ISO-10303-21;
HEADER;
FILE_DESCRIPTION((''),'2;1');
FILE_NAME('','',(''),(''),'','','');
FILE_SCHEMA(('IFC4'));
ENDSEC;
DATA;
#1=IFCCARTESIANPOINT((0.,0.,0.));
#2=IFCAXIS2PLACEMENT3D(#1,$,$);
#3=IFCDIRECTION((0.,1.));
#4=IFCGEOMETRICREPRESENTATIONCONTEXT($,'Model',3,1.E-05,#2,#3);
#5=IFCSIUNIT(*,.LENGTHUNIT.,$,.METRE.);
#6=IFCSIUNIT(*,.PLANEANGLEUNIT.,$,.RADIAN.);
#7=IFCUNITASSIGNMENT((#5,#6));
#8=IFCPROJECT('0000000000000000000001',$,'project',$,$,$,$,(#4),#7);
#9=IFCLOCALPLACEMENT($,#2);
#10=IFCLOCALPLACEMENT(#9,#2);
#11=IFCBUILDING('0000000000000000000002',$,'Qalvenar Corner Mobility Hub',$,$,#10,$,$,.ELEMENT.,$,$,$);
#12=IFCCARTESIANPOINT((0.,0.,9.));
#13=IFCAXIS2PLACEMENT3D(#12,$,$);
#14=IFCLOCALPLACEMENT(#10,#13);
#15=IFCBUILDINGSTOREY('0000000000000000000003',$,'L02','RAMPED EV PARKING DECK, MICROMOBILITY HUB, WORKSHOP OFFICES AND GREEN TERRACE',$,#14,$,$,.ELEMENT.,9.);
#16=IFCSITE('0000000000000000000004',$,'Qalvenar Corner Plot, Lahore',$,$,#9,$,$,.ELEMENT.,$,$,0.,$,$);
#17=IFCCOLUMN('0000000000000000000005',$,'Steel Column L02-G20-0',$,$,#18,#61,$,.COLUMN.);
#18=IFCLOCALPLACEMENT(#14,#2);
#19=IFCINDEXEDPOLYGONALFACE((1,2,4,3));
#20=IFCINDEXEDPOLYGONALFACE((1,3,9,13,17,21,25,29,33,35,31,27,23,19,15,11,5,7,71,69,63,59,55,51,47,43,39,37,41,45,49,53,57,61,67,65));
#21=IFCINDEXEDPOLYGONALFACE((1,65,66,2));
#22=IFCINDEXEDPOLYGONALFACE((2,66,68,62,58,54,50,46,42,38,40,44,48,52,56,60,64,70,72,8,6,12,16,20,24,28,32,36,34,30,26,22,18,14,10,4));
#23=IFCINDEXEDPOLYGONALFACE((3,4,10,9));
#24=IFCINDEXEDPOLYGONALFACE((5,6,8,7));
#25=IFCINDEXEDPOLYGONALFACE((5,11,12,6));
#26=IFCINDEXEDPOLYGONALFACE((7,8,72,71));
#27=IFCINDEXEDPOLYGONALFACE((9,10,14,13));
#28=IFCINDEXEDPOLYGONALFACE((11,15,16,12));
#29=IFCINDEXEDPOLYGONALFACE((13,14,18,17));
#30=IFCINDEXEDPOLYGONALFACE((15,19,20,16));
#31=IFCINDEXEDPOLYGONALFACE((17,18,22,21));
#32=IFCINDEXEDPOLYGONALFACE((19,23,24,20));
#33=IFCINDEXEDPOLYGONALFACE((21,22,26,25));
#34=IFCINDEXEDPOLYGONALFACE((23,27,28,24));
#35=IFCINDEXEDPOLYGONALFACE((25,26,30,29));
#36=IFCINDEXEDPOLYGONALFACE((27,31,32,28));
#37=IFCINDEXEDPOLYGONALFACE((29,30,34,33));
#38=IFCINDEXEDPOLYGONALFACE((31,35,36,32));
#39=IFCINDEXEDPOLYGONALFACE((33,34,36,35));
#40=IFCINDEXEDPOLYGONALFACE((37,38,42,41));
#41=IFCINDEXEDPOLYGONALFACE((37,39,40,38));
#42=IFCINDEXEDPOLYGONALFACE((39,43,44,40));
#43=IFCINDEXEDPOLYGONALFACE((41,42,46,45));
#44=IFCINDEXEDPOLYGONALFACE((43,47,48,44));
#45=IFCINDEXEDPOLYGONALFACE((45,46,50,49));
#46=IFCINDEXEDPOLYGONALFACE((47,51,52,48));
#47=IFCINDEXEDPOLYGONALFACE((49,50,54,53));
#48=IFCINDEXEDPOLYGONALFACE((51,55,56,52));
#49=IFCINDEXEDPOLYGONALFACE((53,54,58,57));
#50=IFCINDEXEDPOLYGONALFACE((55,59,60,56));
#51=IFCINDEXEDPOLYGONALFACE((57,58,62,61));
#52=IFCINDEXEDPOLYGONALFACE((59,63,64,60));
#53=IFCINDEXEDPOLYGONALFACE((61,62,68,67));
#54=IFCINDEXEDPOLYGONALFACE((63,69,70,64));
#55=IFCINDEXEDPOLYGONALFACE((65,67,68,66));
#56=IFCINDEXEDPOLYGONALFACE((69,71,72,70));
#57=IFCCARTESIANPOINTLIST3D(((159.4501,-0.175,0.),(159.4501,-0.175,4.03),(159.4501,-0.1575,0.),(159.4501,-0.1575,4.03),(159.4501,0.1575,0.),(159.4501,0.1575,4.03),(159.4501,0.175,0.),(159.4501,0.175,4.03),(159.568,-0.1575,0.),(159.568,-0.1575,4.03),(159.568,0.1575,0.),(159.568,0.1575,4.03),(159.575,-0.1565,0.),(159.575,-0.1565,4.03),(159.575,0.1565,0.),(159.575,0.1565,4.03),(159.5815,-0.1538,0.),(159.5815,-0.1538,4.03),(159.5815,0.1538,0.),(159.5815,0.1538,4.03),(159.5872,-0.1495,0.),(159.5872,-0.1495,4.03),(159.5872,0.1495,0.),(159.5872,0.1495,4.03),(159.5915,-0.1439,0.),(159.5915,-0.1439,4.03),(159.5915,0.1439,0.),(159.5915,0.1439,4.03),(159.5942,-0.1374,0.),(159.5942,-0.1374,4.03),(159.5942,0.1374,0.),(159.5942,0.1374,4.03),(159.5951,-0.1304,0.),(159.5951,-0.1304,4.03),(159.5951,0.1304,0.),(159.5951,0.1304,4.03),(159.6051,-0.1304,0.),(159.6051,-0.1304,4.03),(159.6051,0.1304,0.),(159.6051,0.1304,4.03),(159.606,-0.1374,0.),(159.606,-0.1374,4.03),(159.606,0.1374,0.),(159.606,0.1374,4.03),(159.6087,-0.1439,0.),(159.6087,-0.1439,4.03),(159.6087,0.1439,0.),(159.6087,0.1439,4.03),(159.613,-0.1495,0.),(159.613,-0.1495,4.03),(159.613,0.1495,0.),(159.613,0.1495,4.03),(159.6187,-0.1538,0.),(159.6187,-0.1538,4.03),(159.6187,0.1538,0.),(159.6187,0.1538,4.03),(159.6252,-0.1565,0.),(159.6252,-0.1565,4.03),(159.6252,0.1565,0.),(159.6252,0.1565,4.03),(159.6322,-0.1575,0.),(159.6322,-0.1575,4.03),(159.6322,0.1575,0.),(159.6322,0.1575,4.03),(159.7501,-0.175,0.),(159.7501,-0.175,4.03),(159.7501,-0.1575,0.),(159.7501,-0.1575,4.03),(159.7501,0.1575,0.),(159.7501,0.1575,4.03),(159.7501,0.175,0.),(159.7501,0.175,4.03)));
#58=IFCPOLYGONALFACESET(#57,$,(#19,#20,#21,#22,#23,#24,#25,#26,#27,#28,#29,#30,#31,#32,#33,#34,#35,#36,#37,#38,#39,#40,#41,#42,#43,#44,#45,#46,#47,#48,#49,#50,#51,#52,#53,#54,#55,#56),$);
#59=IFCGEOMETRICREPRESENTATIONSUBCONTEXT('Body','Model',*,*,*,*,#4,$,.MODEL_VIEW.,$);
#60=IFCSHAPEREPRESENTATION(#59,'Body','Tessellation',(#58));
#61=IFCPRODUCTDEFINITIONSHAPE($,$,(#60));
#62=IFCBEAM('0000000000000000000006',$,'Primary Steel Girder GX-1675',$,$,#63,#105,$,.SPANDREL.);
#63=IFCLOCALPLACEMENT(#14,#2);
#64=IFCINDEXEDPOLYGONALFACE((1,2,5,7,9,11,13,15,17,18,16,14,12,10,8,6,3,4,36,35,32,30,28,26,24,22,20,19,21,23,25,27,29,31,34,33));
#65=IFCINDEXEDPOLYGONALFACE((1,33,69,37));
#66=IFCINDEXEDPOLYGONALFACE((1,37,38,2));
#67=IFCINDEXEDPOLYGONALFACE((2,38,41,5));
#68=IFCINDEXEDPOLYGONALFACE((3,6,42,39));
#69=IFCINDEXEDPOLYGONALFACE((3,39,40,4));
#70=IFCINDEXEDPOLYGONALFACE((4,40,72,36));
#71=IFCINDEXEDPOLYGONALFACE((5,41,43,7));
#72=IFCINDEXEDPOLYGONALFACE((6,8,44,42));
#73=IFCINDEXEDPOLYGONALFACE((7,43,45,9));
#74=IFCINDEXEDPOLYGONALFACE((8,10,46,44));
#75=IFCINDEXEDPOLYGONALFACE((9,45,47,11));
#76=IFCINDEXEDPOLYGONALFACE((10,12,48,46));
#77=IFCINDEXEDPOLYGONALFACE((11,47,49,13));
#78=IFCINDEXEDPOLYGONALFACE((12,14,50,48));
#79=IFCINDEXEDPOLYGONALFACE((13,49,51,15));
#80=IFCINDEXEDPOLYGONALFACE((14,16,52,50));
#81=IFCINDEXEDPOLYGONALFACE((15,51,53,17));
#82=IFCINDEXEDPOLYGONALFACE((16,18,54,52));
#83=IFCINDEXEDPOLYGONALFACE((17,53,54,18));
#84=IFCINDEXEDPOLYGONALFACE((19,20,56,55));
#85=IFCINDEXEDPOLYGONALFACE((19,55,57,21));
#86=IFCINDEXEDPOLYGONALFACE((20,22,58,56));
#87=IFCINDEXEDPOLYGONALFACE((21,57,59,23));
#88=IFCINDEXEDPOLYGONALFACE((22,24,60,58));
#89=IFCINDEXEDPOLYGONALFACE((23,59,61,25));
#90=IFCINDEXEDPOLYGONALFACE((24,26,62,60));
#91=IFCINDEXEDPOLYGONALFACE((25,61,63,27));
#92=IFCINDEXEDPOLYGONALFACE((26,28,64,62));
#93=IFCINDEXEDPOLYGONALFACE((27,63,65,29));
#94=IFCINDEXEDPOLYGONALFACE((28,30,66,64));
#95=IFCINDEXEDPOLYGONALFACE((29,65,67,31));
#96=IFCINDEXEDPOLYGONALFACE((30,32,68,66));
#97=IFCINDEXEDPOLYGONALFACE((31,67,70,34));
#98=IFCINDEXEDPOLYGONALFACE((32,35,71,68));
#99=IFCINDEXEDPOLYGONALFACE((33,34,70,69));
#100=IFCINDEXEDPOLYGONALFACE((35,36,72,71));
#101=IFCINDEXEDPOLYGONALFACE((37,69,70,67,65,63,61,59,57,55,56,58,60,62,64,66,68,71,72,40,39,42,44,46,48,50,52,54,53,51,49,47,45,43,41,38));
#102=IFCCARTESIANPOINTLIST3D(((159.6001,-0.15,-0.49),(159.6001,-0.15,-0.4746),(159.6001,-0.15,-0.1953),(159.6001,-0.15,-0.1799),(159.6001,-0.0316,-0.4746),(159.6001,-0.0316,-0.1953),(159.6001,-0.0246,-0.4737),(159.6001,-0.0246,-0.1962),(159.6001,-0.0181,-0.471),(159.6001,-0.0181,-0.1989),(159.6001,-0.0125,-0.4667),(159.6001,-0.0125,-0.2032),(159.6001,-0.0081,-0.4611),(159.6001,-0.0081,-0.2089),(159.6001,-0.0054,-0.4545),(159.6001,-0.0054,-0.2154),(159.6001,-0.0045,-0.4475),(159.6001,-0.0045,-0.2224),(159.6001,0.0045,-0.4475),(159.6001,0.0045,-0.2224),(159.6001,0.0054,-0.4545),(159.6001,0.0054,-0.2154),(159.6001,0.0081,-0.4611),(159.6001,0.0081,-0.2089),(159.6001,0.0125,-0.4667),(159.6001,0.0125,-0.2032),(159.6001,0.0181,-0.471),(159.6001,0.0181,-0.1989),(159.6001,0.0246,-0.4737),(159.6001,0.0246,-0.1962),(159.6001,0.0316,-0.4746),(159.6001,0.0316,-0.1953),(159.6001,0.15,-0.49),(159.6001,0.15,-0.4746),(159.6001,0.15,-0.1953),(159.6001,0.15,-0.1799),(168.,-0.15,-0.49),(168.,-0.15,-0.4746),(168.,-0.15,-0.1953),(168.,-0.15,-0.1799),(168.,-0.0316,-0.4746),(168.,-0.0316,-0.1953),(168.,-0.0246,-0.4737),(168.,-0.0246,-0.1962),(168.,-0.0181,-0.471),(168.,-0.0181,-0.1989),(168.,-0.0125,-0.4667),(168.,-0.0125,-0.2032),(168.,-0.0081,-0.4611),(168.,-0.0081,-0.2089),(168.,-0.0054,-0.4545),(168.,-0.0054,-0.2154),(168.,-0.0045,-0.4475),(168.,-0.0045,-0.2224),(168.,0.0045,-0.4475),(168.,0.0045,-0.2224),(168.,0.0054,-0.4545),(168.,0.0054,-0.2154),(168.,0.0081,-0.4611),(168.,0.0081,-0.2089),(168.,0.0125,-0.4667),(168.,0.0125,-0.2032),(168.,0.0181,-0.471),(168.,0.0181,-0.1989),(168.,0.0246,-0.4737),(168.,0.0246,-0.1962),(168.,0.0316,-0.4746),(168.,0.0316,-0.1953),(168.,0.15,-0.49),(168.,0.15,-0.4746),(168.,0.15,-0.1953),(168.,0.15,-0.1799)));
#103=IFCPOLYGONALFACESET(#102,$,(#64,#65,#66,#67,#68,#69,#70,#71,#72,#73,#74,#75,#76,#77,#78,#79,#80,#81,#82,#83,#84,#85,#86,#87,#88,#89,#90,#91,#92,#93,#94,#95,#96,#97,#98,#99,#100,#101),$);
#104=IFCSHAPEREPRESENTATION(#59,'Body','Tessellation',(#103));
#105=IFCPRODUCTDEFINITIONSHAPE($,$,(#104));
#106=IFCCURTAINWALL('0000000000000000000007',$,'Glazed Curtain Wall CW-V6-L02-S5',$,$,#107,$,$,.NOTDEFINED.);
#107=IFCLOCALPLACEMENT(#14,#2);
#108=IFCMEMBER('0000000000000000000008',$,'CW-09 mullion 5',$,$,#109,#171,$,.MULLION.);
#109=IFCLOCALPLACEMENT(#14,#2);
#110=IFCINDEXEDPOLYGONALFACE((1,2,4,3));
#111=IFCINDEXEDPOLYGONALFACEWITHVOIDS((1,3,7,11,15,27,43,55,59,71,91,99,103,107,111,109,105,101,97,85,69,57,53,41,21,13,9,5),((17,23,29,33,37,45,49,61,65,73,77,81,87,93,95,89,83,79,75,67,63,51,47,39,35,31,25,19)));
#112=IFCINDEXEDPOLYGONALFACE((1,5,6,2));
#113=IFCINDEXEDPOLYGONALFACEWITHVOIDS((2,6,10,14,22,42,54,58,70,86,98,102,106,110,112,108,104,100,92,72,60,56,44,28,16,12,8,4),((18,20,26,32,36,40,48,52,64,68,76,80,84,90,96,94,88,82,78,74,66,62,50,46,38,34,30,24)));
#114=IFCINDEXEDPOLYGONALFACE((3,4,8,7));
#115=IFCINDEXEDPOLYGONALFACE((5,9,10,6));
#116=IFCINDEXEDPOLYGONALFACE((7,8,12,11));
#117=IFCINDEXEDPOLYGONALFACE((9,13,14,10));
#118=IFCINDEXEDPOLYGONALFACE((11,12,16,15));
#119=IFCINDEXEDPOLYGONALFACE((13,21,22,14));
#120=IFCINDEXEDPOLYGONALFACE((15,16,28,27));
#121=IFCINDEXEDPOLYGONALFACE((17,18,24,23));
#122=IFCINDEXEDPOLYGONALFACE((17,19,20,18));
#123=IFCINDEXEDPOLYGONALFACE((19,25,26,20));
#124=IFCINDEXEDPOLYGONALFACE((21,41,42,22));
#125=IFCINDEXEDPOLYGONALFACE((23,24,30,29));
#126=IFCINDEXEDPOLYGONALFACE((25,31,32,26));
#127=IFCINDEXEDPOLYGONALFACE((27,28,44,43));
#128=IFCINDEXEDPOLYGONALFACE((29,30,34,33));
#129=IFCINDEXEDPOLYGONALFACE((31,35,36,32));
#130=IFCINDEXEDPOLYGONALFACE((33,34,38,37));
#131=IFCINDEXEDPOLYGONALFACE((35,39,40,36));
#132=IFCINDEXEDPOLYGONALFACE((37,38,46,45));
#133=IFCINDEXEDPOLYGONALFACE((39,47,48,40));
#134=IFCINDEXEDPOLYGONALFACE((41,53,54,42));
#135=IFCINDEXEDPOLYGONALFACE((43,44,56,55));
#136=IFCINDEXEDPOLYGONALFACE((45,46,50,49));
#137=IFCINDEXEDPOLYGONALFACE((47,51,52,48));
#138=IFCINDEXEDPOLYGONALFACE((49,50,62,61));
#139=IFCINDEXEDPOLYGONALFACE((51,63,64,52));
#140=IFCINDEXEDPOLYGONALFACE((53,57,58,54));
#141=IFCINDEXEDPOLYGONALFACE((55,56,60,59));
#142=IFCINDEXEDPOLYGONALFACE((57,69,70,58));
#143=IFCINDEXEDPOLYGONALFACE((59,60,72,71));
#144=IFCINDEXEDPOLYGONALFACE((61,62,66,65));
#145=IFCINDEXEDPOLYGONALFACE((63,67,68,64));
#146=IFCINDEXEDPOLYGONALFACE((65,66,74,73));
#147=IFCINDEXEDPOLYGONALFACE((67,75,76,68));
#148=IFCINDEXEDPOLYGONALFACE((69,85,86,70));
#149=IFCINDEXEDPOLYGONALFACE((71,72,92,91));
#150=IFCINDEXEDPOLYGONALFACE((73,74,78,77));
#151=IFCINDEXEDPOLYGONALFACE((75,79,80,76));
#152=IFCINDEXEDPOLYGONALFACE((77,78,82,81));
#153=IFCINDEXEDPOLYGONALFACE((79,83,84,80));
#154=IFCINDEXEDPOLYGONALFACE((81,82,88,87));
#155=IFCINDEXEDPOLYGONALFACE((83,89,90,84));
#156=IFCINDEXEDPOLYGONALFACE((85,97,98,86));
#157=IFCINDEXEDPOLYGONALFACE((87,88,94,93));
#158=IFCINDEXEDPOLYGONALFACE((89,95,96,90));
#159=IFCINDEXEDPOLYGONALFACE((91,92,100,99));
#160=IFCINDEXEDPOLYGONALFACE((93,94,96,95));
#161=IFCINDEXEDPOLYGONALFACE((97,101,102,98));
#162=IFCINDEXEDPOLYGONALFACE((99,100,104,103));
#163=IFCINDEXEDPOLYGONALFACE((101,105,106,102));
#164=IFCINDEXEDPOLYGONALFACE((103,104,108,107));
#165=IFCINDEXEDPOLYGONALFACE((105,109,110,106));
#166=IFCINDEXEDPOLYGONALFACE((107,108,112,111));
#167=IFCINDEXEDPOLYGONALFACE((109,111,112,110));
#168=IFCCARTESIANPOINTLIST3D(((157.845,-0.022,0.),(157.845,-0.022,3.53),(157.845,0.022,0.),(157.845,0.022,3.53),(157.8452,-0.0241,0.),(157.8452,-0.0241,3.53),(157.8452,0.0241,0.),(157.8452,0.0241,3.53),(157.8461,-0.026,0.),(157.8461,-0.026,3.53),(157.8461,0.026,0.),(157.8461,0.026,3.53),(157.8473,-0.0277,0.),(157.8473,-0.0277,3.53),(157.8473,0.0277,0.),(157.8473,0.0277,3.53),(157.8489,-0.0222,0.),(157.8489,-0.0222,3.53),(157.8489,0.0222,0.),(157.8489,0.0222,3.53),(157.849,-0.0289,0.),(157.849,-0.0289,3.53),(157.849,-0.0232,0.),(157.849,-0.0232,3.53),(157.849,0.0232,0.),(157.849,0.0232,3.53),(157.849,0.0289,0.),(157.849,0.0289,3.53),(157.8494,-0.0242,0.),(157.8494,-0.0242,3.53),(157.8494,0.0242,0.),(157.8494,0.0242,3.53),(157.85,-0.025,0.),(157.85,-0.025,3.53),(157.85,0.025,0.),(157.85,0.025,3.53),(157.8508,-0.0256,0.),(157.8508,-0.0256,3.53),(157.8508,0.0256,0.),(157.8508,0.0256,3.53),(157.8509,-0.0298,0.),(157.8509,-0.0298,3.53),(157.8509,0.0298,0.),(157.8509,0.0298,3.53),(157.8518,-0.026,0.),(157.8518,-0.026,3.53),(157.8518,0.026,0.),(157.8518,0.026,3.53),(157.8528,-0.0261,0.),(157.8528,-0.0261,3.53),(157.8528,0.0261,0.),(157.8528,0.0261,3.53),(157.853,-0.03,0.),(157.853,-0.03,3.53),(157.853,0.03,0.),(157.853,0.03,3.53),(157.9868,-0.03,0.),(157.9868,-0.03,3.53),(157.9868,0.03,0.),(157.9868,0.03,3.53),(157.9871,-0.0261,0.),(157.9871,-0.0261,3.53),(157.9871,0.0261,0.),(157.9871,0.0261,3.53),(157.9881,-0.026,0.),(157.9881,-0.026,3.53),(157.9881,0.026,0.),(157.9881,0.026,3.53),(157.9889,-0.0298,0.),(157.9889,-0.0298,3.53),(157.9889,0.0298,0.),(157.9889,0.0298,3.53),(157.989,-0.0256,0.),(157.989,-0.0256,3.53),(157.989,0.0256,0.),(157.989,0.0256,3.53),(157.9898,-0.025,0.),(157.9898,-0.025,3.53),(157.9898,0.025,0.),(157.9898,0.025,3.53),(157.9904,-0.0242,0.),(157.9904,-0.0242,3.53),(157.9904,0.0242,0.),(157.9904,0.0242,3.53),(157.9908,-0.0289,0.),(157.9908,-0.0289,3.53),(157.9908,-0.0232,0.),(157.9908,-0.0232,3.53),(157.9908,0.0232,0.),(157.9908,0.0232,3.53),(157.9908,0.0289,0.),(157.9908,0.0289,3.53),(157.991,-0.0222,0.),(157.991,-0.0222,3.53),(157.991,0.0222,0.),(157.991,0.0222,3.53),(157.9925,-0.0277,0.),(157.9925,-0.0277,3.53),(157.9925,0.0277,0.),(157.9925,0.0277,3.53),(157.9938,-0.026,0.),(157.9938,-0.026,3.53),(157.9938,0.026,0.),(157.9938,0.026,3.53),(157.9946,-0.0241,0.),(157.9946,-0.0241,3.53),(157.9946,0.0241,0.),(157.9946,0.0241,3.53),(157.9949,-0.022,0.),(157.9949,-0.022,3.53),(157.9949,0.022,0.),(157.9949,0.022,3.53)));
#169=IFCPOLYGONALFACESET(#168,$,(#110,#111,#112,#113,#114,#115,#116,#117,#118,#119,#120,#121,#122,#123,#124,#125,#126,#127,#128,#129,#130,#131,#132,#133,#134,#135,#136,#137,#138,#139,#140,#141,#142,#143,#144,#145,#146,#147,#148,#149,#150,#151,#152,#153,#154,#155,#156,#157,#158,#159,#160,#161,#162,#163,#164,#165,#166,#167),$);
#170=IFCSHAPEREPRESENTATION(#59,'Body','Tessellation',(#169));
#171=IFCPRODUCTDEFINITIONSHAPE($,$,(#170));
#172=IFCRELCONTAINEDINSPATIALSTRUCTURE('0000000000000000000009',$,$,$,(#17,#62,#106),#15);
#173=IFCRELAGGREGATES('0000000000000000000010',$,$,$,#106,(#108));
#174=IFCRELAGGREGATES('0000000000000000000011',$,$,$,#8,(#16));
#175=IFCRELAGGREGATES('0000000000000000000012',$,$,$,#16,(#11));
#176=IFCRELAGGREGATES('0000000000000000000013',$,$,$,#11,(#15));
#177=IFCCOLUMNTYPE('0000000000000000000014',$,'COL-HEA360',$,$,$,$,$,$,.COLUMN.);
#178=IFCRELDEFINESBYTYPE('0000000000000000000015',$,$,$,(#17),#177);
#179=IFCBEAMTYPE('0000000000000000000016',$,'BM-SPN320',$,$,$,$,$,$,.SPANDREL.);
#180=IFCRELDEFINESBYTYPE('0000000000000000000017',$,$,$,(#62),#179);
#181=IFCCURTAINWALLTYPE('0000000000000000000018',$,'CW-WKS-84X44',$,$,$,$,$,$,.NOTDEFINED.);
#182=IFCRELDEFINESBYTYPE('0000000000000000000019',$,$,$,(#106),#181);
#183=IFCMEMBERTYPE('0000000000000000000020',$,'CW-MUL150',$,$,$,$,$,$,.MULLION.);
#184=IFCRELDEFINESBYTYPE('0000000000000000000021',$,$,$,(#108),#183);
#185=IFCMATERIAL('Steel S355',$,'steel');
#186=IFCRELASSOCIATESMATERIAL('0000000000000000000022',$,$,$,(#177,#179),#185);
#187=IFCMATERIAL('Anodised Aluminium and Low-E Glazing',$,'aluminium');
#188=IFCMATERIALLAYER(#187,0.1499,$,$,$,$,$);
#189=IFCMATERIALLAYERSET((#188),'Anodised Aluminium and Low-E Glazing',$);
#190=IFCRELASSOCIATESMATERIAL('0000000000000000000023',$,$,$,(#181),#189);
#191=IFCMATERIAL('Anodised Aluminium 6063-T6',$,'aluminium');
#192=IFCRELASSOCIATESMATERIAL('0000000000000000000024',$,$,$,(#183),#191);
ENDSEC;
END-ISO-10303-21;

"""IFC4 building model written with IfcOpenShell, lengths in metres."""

from ifc_helpers import new_model, si_unit, direction, frame, origin, origin_2d, place, context, subcontext, project, spatial, hollow_rectangle, i_section, extrude, material, layer, layer_set, material_profile, profile_set, type_object, element, aggregate, save


model = new_model("IFC4")

# Units and contexts
model_context = context("Model", 3, precision=1e-05, world=origin(), true_north=direction((0.0, 1.0)))
body_context = subcontext(model_context, "Body", "Model", "MODEL_VIEW")
ifc_project = project(units=[si_unit("LENGTHUNIT", "METRE"), si_unit("PLANEANGLEUNIT", "RADIAN")], contexts=[model_context])

# Site, building, storey
site_placement = place(None, origin())
site = spatial("IfcSite", under=ifc_project, at=site_placement, Name="Qalvenar Corner Plot, Lahore", CompositionType="ELEMENT", RefElevation=0.0)
building_placement = place(site_placement, origin())
building = spatial("IfcBuilding", under=site, at=building_placement, Name="Qalvenar Corner Mobility Hub", CompositionType="ELEMENT")
storey_placement = place(building_placement, frame((0.0, 0.0, 9.0)))
storey = spatial("IfcBuildingStorey", under=building, at=storey_placement, Name="L02", Description="RAMPED EV PARKING DECK, MICROMOBILITY HUB, WORKSHOP OFFICES AND GREEN TERRACE", CompositionType="ELEMENT", Elevation=9.0)

# Column
ifc_material_1 = material(Name="Steel S355", Category="steel")
ifc_material_profile_1 = material_profile(ifc_material_1, i_section(OverallWidth=0.3, OverallDepth=0.3501, WebThickness=0.01, FlangeThickness=0.0176, FilletRadius=0.0271, at=origin_2d()), Name="HEA360")
ifc_profile_set_1 = profile_set([ifc_material_profile_1], Name="Steel S355")
column_type = type_object("IfcColumnType", Name="COL-HEA360", PredefinedType="COLUMN", material=ifc_profile_set_1)
column_placement = place(storey_placement, frame((159.6001, 0.0, 0.0), z_axis=(0.0, 0.0, 1.0), x_axis=(1.0, 0.0, 0.0)))
element("IfcColumn", 1, at=column_placement, inside=storey, type_object=column_type, Name="Steel Column L02-G20-0", PredefinedType="COLUMN", context=body_context, shape_type="SweptSolid", body=[
    extrude(i_section(OverallWidth=0.3, OverallDepth=0.3501, WebThickness=0.01, FlangeThickness=0.0176, FilletRadius=0.0271, at=origin_2d()), origin(), (0.0, 0.0, 1.0), 4.03),
])

# Beam
ifc_material_profile_2 = material_profile(ifc_material_1, i_section(OverallWidth=0.3, OverallDepth=0.3101, WebThickness=0.009, FlangeThickness=0.0154, FilletRadius=0.0271, at=origin_2d()), Name="HEA320")
ifc_profile_set_2 = profile_set([ifc_material_profile_2], Name="Steel S355")
beam_type = type_object("IfcBeamType", Name="BM-SPN320", PredefinedType="SPANDREL", material=ifc_profile_set_2)
beam_placement = place(storey_placement, frame((159.6001, 0.0, -0.335), z_axis=(1.0, 0.0, 0.0), x_axis=(0.0, 1.0, 0.0)))
element("IfcBeam", 2, at=beam_placement, inside=storey, type_object=beam_type, Name="Primary Steel Girder GX-1675", PredefinedType="SPANDREL", context=body_context, shape_type="SweptSolid", body=[
    extrude(i_section(OverallWidth=0.3, OverallDepth=0.3101, WebThickness=0.009, FlangeThickness=0.0154, FilletRadius=0.0271, at=origin_2d()), origin(), (0.0, 0.0, 1.0), 8.3999),
])

# Curtain wall, member
ifc_material_2 = material(Name="Anodised Aluminium and Low-E Glazing", Category="aluminium")
ifc_layer_1 = layer(ifc_material_2, 0.1499)
ifc_layer_set_1 = layer_set([ifc_layer_1], Name="Anodised Aluminium and Low-E Glazing")
curtain_wall_type = type_object("IfcCurtainWallType", Name="CW-WKS-84X44", PredefinedType="NOTDEFINED", material=ifc_layer_set_1)
curtain_wall_placement = place(storey_placement, origin())
curtain_wall = element("IfcCurtainWall", 3, at=curtain_wall_placement, inside=storey, type_object=curtain_wall_type, Name="Glazed Curtain Wall CW-V6-L02-S5", PredefinedType="NOTDEFINED")
ifc_material_3 = material(Name="Anodised Aluminium 6063-T6", Category="aluminium")
ifc_material_profile_3 = material_profile(ifc_material_3, hollow_rectangle(XDim=0.0601, YDim=0.1499, WallThickness=0.0039, InnerFilletRadius=0.0039, OuterFilletRadius=0.0081, at=origin_2d()), Name="RHS150x60x4")
ifc_profile_set_3 = profile_set([ifc_material_profile_3], Name="Anodised Aluminium 6063-T6")
member_type_1 = type_object("IfcMemberType", Name="CW-MUL150", PredefinedType="MULLION", material=ifc_profile_set_3)
member_1_placement = place(storey_placement, frame((157.9199, 0.0, 0.0), z_axis=(0.0, 0.0, 1.0), x_axis=(0.0, 1.0, 0.0)))
member_1 = element("IfcMember", 4, at=member_1_placement, type_object=member_type_1, Name="CW-09 mullion 5", PredefinedType="MULLION", context=body_context, shape_type="SweptSolid", body=[
    extrude(hollow_rectangle(XDim=0.0601, YDim=0.1499, WallThickness=0.0039, InnerFilletRadius=0.0039, OuterFilletRadius=0.0081, at=origin_2d()), origin(), (0.0, 0.0, 1.0), 3.53),
])
aggregate(curtain_wall, [member_1])

save(model, "model.ifc")
